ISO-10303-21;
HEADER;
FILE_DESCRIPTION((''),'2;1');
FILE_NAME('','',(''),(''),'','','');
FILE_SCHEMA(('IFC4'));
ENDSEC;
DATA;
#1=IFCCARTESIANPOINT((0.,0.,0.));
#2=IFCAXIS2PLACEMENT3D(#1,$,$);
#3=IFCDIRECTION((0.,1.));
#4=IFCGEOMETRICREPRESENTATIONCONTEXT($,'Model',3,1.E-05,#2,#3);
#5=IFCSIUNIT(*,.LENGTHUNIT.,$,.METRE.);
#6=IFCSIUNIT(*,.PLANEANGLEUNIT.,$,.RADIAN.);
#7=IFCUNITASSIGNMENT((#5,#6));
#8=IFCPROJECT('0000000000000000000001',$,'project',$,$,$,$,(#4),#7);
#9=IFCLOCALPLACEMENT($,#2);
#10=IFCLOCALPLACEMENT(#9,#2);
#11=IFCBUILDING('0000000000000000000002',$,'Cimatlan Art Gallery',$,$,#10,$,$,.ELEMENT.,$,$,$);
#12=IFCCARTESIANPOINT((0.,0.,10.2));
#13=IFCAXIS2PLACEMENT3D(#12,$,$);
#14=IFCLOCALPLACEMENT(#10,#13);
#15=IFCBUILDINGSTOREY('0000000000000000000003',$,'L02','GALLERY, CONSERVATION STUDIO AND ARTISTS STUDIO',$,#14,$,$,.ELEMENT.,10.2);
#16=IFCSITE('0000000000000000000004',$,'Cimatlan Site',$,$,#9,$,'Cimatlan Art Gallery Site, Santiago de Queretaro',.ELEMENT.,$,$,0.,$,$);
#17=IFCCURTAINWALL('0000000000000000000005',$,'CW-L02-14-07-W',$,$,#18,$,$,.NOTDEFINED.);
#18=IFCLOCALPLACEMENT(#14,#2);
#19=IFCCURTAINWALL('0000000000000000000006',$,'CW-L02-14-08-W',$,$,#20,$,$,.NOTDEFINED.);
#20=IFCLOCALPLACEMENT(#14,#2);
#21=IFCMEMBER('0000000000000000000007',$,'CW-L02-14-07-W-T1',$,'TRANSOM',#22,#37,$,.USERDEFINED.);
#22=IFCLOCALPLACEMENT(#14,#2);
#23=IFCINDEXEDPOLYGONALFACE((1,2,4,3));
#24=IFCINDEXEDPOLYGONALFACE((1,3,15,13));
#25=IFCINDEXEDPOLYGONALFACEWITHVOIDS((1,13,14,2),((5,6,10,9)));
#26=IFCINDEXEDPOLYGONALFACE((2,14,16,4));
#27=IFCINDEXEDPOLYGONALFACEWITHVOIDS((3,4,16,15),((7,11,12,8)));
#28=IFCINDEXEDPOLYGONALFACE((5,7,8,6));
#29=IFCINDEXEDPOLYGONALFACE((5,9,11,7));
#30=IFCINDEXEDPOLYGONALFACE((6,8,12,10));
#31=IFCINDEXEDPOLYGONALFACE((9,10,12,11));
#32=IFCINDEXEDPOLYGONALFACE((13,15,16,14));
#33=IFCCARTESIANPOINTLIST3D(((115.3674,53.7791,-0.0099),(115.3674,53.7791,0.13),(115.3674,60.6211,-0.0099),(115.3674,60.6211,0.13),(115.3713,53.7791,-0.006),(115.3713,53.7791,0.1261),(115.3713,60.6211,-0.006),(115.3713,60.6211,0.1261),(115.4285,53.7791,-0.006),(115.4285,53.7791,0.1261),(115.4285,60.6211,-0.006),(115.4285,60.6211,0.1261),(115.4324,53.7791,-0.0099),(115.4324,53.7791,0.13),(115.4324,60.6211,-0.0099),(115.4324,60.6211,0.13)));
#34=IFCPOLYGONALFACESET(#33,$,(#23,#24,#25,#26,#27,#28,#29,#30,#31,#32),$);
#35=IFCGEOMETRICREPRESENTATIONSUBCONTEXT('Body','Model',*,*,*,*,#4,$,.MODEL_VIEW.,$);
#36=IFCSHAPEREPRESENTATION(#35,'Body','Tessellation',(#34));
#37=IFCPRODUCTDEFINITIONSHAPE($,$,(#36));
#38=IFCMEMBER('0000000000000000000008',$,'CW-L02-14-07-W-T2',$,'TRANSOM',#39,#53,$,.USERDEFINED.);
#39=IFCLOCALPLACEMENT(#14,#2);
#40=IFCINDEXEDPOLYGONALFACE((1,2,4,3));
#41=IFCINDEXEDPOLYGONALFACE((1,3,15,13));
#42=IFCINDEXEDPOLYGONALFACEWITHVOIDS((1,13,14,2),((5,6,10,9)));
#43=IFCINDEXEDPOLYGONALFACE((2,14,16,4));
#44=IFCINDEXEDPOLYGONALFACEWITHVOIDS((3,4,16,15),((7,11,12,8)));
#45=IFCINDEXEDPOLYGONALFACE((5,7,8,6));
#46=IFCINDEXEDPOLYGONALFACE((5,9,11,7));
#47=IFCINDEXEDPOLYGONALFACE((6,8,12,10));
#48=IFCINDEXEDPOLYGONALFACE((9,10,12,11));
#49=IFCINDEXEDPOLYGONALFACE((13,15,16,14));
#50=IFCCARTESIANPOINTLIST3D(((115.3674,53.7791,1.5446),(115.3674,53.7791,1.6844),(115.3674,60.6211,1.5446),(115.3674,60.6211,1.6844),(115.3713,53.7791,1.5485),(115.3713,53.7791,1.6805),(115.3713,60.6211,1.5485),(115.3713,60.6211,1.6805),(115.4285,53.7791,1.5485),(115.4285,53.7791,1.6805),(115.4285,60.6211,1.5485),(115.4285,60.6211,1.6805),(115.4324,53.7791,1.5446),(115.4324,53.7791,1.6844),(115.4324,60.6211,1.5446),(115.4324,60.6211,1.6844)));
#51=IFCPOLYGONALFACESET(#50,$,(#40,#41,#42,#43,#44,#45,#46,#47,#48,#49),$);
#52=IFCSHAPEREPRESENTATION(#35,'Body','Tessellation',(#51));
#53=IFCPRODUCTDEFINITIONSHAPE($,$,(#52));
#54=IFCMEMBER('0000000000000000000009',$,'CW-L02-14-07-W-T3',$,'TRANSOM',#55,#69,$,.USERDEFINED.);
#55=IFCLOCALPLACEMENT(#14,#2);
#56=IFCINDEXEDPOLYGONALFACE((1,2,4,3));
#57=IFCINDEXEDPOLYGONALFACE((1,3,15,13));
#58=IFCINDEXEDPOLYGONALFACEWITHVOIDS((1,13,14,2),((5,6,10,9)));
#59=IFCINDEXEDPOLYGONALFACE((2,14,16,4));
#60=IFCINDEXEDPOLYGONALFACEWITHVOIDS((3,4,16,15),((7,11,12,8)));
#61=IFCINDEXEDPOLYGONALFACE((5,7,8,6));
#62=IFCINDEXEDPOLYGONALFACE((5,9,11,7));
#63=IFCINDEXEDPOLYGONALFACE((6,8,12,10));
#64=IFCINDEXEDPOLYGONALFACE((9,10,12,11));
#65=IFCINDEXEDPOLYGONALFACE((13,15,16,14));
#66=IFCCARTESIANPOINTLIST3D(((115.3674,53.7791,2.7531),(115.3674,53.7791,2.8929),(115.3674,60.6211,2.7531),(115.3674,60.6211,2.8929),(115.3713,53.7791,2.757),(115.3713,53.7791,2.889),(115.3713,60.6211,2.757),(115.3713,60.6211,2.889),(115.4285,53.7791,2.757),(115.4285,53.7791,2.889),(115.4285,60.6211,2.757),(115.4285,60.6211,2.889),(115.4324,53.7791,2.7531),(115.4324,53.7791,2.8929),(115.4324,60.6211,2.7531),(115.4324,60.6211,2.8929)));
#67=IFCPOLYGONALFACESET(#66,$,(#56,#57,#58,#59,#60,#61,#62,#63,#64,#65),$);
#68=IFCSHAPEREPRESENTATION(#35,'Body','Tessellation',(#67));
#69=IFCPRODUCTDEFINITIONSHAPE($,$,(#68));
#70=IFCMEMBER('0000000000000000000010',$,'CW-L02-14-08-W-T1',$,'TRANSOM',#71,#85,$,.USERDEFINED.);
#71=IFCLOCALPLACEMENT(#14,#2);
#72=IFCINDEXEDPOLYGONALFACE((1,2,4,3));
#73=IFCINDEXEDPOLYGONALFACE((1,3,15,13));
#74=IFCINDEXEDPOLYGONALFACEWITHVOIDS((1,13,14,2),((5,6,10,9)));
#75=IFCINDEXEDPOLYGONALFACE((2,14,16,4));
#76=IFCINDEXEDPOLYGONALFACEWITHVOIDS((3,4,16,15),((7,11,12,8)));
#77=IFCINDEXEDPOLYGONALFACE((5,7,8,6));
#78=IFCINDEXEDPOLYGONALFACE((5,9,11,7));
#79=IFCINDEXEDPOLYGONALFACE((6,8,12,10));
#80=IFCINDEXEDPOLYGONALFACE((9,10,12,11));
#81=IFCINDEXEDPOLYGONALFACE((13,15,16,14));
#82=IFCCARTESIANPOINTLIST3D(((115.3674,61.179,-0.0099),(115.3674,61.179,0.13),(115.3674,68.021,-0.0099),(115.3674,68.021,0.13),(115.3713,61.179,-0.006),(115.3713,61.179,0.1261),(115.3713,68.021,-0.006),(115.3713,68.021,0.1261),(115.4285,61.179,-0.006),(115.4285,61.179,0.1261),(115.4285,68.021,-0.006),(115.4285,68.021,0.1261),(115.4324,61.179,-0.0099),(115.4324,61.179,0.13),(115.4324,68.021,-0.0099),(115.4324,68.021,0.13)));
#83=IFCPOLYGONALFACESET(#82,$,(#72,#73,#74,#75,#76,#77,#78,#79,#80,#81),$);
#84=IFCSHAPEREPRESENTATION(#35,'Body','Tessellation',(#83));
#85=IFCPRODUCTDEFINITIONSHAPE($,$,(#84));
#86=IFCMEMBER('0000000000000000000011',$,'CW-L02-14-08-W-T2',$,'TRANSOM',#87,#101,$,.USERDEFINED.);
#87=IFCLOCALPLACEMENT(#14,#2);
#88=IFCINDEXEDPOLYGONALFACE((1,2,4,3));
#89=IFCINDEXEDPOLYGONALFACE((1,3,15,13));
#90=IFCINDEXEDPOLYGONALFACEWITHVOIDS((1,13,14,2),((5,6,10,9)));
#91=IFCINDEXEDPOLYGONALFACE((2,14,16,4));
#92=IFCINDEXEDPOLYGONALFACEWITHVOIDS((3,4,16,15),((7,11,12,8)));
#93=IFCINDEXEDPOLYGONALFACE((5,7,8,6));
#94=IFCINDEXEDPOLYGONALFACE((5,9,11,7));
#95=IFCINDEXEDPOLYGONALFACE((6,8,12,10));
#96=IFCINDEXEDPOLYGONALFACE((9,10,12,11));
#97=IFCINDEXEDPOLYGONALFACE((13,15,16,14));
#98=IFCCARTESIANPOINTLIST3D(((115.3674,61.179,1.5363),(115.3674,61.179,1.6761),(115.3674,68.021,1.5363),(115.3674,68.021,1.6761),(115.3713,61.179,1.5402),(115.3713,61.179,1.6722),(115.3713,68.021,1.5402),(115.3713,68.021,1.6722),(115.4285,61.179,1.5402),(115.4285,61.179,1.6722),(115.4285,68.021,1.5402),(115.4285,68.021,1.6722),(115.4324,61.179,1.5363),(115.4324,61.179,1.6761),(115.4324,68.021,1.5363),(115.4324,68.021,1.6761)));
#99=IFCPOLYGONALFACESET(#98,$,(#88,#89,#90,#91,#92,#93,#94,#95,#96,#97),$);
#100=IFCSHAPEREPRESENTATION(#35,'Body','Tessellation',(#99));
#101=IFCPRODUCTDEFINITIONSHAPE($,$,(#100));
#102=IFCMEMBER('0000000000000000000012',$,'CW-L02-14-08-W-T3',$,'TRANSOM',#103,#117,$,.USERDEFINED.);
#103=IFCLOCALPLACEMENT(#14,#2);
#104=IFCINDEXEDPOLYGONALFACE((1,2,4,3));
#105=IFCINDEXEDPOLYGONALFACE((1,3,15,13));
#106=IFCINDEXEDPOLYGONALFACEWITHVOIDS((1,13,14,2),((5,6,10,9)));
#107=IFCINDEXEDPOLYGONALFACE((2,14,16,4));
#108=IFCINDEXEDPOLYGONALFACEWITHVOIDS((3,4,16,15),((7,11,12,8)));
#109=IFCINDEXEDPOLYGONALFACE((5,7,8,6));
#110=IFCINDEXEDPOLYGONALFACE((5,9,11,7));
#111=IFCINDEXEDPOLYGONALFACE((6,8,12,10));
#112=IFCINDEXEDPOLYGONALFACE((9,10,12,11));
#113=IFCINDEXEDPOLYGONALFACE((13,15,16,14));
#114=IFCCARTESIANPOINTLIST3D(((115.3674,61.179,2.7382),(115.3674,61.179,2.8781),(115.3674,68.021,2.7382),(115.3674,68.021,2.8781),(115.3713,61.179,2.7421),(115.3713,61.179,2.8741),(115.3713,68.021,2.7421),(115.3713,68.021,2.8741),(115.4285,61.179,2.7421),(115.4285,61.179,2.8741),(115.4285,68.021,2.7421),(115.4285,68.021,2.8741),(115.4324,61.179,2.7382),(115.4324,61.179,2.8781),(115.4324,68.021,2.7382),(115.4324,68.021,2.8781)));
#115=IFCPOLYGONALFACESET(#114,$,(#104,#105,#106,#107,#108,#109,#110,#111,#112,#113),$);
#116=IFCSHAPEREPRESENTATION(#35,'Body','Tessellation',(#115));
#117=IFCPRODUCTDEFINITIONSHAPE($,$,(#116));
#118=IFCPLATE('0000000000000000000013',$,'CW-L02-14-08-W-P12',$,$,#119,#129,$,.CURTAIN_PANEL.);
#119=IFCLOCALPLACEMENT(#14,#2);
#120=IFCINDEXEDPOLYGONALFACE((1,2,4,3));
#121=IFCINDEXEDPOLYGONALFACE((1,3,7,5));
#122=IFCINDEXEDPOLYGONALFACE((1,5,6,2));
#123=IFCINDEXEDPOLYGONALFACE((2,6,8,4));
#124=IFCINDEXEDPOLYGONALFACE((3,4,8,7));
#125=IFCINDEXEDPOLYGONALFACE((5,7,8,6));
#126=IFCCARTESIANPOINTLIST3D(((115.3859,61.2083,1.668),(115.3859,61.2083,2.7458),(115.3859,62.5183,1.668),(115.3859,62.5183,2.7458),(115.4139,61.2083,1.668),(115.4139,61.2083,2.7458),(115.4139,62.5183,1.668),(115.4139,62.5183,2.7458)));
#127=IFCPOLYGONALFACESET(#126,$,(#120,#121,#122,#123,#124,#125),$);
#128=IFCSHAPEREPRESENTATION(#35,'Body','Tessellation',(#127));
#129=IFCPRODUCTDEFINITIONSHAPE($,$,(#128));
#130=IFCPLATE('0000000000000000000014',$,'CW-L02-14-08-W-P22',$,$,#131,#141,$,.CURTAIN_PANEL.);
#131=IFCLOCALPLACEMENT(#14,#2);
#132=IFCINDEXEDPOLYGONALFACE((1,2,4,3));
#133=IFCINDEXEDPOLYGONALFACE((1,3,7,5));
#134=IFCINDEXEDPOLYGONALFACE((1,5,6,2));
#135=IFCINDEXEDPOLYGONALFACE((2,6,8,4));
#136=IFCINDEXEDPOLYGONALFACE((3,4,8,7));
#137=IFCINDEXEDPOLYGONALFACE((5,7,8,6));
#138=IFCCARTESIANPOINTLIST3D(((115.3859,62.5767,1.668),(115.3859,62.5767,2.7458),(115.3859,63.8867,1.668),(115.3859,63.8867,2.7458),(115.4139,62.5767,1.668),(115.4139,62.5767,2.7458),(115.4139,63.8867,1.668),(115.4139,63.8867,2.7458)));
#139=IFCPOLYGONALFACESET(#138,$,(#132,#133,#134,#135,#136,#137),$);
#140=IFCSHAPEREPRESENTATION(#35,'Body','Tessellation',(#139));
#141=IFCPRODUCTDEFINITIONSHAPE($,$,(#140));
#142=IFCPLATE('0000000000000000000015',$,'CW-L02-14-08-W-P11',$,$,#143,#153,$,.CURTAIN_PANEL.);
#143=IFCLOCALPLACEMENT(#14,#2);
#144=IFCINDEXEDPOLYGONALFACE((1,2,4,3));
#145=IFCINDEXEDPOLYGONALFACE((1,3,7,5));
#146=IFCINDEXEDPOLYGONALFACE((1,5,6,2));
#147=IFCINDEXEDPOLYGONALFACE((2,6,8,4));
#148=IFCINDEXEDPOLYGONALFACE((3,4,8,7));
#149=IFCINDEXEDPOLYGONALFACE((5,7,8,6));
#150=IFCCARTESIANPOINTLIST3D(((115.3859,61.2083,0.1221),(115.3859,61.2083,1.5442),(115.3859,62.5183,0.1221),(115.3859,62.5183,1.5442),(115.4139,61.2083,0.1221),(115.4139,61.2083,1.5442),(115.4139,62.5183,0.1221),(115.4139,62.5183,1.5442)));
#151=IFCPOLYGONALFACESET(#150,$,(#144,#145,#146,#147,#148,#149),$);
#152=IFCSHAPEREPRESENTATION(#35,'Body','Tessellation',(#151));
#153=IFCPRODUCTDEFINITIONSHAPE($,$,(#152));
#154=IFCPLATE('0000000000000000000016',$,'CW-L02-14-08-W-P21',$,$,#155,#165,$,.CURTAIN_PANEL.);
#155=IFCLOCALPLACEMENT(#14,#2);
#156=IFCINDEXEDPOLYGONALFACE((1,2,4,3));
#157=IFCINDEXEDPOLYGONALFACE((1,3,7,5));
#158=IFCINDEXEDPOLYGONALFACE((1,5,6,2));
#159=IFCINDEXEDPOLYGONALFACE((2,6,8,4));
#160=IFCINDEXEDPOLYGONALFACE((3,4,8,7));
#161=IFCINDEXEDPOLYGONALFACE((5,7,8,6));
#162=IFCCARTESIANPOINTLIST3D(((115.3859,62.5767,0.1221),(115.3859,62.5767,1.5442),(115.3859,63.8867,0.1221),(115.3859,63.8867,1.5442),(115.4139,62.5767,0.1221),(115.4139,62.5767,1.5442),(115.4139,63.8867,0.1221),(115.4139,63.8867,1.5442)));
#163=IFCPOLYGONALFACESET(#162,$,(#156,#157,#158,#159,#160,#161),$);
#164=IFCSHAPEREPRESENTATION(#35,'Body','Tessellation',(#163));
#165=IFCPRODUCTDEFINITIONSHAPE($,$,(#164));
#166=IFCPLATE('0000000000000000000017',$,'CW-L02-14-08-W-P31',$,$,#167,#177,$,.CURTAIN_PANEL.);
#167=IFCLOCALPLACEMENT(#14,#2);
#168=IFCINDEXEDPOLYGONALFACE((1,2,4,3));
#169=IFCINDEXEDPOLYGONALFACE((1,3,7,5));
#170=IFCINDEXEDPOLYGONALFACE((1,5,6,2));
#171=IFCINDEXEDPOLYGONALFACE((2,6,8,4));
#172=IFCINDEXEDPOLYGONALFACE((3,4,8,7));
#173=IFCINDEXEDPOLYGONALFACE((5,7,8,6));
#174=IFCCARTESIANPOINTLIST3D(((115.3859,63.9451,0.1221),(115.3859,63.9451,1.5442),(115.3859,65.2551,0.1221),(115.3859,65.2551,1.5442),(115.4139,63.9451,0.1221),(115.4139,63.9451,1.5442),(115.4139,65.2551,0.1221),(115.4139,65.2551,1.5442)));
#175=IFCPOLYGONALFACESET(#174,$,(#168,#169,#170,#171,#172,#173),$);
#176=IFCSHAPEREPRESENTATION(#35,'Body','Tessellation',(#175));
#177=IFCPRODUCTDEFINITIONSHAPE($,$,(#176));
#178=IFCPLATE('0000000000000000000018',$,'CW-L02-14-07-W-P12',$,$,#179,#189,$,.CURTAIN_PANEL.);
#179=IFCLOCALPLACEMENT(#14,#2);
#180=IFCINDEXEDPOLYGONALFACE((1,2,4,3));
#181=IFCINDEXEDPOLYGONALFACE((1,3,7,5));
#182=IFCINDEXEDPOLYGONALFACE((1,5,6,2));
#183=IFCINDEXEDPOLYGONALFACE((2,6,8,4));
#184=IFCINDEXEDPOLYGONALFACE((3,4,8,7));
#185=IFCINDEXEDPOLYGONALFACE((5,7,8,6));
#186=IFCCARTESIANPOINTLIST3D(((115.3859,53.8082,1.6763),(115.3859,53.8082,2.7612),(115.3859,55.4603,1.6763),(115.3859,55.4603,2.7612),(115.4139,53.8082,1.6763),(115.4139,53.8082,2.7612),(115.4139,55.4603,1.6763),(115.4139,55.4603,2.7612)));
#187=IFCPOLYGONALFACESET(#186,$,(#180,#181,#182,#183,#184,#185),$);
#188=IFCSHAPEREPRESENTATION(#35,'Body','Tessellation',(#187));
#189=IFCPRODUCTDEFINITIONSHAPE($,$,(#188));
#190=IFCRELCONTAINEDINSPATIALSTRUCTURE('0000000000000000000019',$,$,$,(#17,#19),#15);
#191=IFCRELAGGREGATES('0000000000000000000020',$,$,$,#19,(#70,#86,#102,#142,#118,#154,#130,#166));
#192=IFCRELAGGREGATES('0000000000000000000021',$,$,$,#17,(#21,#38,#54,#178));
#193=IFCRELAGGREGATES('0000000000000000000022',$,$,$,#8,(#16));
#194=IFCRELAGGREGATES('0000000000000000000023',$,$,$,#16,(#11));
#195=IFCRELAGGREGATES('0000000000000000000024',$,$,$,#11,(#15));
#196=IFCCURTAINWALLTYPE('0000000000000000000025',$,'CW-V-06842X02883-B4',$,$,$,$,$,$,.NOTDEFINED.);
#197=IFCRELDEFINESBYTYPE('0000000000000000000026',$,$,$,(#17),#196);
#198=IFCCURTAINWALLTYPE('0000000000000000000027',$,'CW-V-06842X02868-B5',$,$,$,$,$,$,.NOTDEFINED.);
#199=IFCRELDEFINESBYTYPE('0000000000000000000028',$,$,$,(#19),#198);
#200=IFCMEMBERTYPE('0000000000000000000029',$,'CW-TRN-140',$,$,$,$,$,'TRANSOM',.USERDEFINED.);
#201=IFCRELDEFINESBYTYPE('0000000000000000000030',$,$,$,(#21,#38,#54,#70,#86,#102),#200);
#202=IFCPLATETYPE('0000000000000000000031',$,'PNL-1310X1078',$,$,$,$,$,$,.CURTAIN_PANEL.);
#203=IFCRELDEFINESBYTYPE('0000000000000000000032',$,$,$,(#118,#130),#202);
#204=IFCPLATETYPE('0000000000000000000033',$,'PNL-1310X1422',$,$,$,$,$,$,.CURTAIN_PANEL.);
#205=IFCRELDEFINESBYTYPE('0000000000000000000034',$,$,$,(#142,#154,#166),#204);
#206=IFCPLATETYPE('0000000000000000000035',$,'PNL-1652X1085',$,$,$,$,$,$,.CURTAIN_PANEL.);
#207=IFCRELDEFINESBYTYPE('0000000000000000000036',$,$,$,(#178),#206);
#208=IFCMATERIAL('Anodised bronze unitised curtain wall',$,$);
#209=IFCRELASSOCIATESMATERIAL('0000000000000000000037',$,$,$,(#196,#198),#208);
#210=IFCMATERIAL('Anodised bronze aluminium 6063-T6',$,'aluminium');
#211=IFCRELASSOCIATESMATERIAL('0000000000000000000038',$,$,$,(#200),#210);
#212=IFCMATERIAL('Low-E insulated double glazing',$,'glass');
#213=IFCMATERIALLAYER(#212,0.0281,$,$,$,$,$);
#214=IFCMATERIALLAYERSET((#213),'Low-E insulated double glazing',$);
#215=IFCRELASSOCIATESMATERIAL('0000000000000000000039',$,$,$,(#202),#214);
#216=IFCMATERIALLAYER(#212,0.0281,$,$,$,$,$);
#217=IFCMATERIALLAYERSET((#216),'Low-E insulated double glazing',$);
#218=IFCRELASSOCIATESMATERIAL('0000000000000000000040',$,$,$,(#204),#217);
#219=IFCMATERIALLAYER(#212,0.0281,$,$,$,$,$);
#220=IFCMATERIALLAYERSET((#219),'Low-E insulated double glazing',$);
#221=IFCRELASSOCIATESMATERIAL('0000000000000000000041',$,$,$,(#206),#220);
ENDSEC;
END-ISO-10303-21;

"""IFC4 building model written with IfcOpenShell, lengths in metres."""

from ifc_helpers import new_model, si_unit, direction, frame, origin, origin_2d, place, context, subcontext, project, spatial, rectangle, hollow_rectangle, extrude, material, layer, layer_set, material_profile, profile_set, type_object, element, aggregate, save


model = new_model("IFC4")

# Units and contexts
model_context = context("Model", 3, precision=1e-05, world=origin(), true_north=direction((0.0, 1.0)))
body_context = subcontext(model_context, "Body", "Model", "MODEL_VIEW")
ifc_project = project(units=[si_unit("LENGTHUNIT", "METRE"), si_unit("PLANEANGLEUNIT", "RADIAN")], contexts=[model_context])

# Site, building, storey
site_placement = place(None, origin())
site = spatial("IfcSite", under=ifc_project, at=site_placement, Name="Cimatlan Site", LongName="Cimatlan Art Gallery Site, Santiago de Queretaro", CompositionType="ELEMENT", RefElevation=0.0)
building_placement = place(site_placement, origin())
building = spatial("IfcBuilding", under=site, at=building_placement, Name="Cimatlan Art Gallery", CompositionType="ELEMENT")
storey_placement = place(building_placement, frame((0.0, 0.0, 10.2)))
storey = spatial("IfcBuildingStorey", under=building, at=storey_placement, Name="L02", Description="GALLERY, CONSERVATION STUDIO AND ARTISTS STUDIO", CompositionType="ELEMENT", Elevation=10.2)

# Curtain walls
ifc_material_1 = material(Name="Anodised bronze unitised curtain wall")
curtain_wall_type_1 = type_object("IfcCurtainWallType", Name="CW-V-06842X02883-B4", PredefinedType="NOTDEFINED", material=ifc_material_1)
curtain_wall_1_placement = place(storey_placement, origin())
curtain_wall_1 = element("IfcCurtainWall", 1, at=curtain_wall_1_placement, inside=storey, type_object=curtain_wall_type_1, Name="CW-L02-14-07-W", PredefinedType="NOTDEFINED")
ifc_material_2 = material(Name="Anodised bronze aluminium 6063-T6", Category="aluminium")
curtain_wall_type_2 = type_object("IfcCurtainWallType", Name="CW-V-06842X02868-B5", PredefinedType="NOTDEFINED", material=ifc_material_1)
curtain_wall_2_placement = place(storey_placement, origin())
curtain_wall_2 = element("IfcCurtainWall", 2, at=curtain_wall_2_placement, inside=storey, type_object=curtain_wall_type_2, Name="CW-L02-14-08-W", PredefinedType="NOTDEFINED")

# Members
ifc_material_profile_1 = material_profile(ifc_material_2, hollow_rectangle(XDim=0.0649, YDim=0.1399, WallThickness=0.0039, at=origin_2d()), Name="ALU65X140X4")
ifc_profile_set_1 = profile_set([ifc_material_profile_1], Name="Anodised bronze aluminium 6063-T6")
member_type_1 = type_object("IfcMemberType", Name="CW-TRN-140", ElementType="TRANSOM", PredefinedType="USERDEFINED", material=ifc_profile_set_1)
member_1_placement = place(storey_placement, frame((115.3999, 53.7791, 0.0601), z_axis=(0.0, 1.0, 0.0), x_axis=(-1.0, 0.0, 0.0)))
member_1 = element("IfcMember", 3, at=member_1_placement, type_object=member_type_1, Name="CW-L02-14-07-W-T1", ObjectType="TRANSOM", PredefinedType="USERDEFINED", context=body_context, shape_type="SweptSolid", body=[
    extrude(hollow_rectangle(XDim=0.0649, YDim=0.1399, WallThickness=0.0039, at=origin_2d()), origin(), (0.0, 0.0, 1.0), 6.842),
])
member_2_placement = place(storey_placement, frame((115.3999, 53.7791, 1.6145), z_axis=(0.0, 1.0, 0.0), x_axis=(-1.0, 0.0, 0.0)))
member_2 = element("IfcMember", 4, at=member_2_placement, type_object=member_type_1, Name="CW-L02-14-07-W-T2", ObjectType="TRANSOM", PredefinedType="USERDEFINED", context=body_context, shape_type="SweptSolid", body=[
    extrude(hollow_rectangle(XDim=0.0649, YDim=0.1399, WallThickness=0.0039, at=origin_2d()), origin(), (0.0, 0.0, 1.0), 6.842),
])
member_3_placement = place(storey_placement, frame((115.3999, 53.7791, 2.823), z_axis=(0.0, 1.0, 0.0), x_axis=(-1.0, 0.0, 0.0)))
member_3 = element("IfcMember", 5, at=member_3_placement, type_object=member_type_1, Name="CW-L02-14-07-W-T3", ObjectType="TRANSOM", PredefinedType="USERDEFINED", context=body_context, shape_type="SweptSolid", body=[
    extrude(hollow_rectangle(XDim=0.0649, YDim=0.1399, WallThickness=0.0039, at=origin_2d()), origin(), (0.0, 0.0, 1.0), 6.842),
])
member_4_placement = place(storey_placement, frame((115.3999, 61.179, 0.0601), z_axis=(0.0, 1.0, 0.0), x_axis=(-1.0, 0.0, 0.0)))
member_4 = element("IfcMember", 6, at=member_4_placement, type_object=member_type_1, Name="CW-L02-14-08-W-T1", ObjectType="TRANSOM", PredefinedType="USERDEFINED", context=body_context, shape_type="SweptSolid", body=[
    extrude(hollow_rectangle(XDim=0.0649, YDim=0.1399, WallThickness=0.0039, at=origin_2d()), origin(), (0.0, 0.0, 1.0), 6.842),
])
member_5_placement = place(storey_placement, frame((115.3999, 61.179, 1.6062), z_axis=(0.0, 1.0, 0.0), x_axis=(-1.0, 0.0, 0.0)))
member_5 = element("IfcMember", 7, at=member_5_placement, type_object=member_type_1, Name="CW-L02-14-08-W-T2", ObjectType="TRANSOM", PredefinedType="USERDEFINED", context=body_context, shape_type="SweptSolid", body=[
    extrude(hollow_rectangle(XDim=0.0649, YDim=0.1399, WallThickness=0.0039, at=origin_2d()), origin(), (0.0, 0.0, 1.0), 6.842),
])
member_6_placement = place(storey_placement, frame((115.3999, 61.179, 2.8081), z_axis=(0.0, 1.0, 0.0), x_axis=(-1.0, 0.0, 0.0)))
member_6 = element("IfcMember", 8, at=member_6_placement, type_object=member_type_1, Name="CW-L02-14-08-W-T3", ObjectType="TRANSOM", PredefinedType="USERDEFINED", context=body_context, shape_type="SweptSolid", body=[
    extrude(hollow_rectangle(XDim=0.0649, YDim=0.1399, WallThickness=0.0039, at=origin_2d()), origin(), (0.0, 0.0, 1.0), 6.842),
])

# Plates
ifc_material_3 = material(Name="Low-E insulated double glazing", Category="glass")
ifc_layer_1 = layer(ifc_material_3, 0.0281)
ifc_layer_set_1 = layer_set([ifc_layer_1], Name="Low-E insulated double glazing")
plate_type_1 = type_object("IfcPlateType", Name="PNL-1310X1078", PredefinedType="CURTAIN_PANEL", material=ifc_layer_set_1)
plate_1_placement = place(storey_placement, frame((115.3999, 61.8633, 1.668), z_axis=(0.0, 0.0, 1.0), x_axis=(0.0, 1.0, 0.0)))
plate_1 = element("IfcPlate", 9, at=plate_1_placement, type_object=plate_type_1, Name="CW-L02-14-08-W-P12", PredefinedType="CURTAIN_PANEL", context=body_context, shape_type="SweptSolid", body=[
    extrude(rectangle(XDim=1.3101, YDim=0.0281, at=origin_2d()), origin(), (0.0, 0.0, 1.0), 1.0779),
])
plate_2_placement = place(storey_placement, frame((115.3999, 63.2317, 1.668), z_axis=(0.0, 0.0, 1.0), x_axis=(0.0, 1.0, 0.0)))
plate_2 = element("IfcPlate", 10, at=plate_2_placement, type_object=plate_type_1, Name="CW-L02-14-08-W-P22", PredefinedType="CURTAIN_PANEL", context=body_context, shape_type="SweptSolid", body=[
    extrude(rectangle(XDim=1.3101, YDim=0.0281, at=origin_2d()), origin(), (0.0, 0.0, 1.0), 1.0779),
])
ifc_layer_2 = layer(ifc_material_3, 0.0281)
ifc_layer_set_2 = layer_set([ifc_layer_2], Name="Low-E insulated double glazing")
plate_type_2 = type_object("IfcPlateType", Name="PNL-1310X1422", PredefinedType="CURTAIN_PANEL", material=ifc_layer_set_2)
plate_3_placement = place(storey_placement, frame((115.3999, 61.8633, 0.1221), z_axis=(0.0, 0.0, 1.0), x_axis=(0.0, 1.0, 0.0)))
plate_3 = element("IfcPlate", 11, at=plate_3_placement, type_object=plate_type_2, Name="CW-L02-14-08-W-P11", PredefinedType="CURTAIN_PANEL", context=body_context, shape_type="SweptSolid", body=[
    extrude(rectangle(XDim=1.3101, YDim=0.0281, at=origin_2d()), origin(), (0.0, 0.0, 1.0), 1.4221),
])
plate_4_placement = place(storey_placement, frame((115.3999, 63.2317, 0.1221), z_axis=(0.0, 0.0, 1.0), x_axis=(0.0, 1.0, 0.0)))
plate_4 = element("IfcPlate", 12, at=plate_4_placement, type_object=plate_type_2, Name="CW-L02-14-08-W-P21", PredefinedType="CURTAIN_PANEL", context=body_context, shape_type="SweptSolid", body=[
    extrude(rectangle(XDim=1.3101, YDim=0.0281, at=origin_2d()), origin(), (0.0, 0.0, 1.0), 1.4221),
])
plate_5_placement = place(storey_placement, frame((115.3999, 64.6001, 0.1221), z_axis=(0.0, 0.0, 1.0), x_axis=(0.0, 1.0, 0.0)))
plate_5 = element("IfcPlate", 13, at=plate_5_placement, type_object=plate_type_2, Name="CW-L02-14-08-W-P31", PredefinedType="CURTAIN_PANEL", context=body_context, shape_type="SweptSolid", body=[
    extrude(rectangle(XDim=1.3101, YDim=0.0281, at=origin_2d()), origin(), (0.0, 0.0, 1.0), 1.4221),
])
aggregate(curtain_wall_2, [member_4, member_5, member_6, plate_3, plate_1, plate_4, plate_2, plate_5])
ifc_layer_3 = layer(ifc_material_3, 0.0281)
ifc_layer_set_3 = layer_set([ifc_layer_3], Name="Low-E insulated double glazing")
plate_type_3 = type_object("IfcPlateType", Name="PNL-1652X1085", PredefinedType="CURTAIN_PANEL", material=ifc_layer_set_3)
plate_6_placement = place(storey_placement, frame((115.3999, 54.6343, 1.6763), z_axis=(0.0, 0.0, 1.0), x_axis=(0.0, 1.0, 0.0)))
plate_6 = element("IfcPlate", 14, at=plate_6_placement, type_object=plate_type_3, Name="CW-L02-14-07-W-P12", PredefinedType="CURTAIN_PANEL", context=body_context, shape_type="SweptSolid", body=[
    extrude(rectangle(XDim=1.6521, YDim=0.0281, at=origin_2d()), origin(), (0.0, 0.0, 1.0), 1.085),
])
aggregate(curtain_wall_1, [member_1, member_2, member_3, plate_6])

save(model, "model.ifc")
